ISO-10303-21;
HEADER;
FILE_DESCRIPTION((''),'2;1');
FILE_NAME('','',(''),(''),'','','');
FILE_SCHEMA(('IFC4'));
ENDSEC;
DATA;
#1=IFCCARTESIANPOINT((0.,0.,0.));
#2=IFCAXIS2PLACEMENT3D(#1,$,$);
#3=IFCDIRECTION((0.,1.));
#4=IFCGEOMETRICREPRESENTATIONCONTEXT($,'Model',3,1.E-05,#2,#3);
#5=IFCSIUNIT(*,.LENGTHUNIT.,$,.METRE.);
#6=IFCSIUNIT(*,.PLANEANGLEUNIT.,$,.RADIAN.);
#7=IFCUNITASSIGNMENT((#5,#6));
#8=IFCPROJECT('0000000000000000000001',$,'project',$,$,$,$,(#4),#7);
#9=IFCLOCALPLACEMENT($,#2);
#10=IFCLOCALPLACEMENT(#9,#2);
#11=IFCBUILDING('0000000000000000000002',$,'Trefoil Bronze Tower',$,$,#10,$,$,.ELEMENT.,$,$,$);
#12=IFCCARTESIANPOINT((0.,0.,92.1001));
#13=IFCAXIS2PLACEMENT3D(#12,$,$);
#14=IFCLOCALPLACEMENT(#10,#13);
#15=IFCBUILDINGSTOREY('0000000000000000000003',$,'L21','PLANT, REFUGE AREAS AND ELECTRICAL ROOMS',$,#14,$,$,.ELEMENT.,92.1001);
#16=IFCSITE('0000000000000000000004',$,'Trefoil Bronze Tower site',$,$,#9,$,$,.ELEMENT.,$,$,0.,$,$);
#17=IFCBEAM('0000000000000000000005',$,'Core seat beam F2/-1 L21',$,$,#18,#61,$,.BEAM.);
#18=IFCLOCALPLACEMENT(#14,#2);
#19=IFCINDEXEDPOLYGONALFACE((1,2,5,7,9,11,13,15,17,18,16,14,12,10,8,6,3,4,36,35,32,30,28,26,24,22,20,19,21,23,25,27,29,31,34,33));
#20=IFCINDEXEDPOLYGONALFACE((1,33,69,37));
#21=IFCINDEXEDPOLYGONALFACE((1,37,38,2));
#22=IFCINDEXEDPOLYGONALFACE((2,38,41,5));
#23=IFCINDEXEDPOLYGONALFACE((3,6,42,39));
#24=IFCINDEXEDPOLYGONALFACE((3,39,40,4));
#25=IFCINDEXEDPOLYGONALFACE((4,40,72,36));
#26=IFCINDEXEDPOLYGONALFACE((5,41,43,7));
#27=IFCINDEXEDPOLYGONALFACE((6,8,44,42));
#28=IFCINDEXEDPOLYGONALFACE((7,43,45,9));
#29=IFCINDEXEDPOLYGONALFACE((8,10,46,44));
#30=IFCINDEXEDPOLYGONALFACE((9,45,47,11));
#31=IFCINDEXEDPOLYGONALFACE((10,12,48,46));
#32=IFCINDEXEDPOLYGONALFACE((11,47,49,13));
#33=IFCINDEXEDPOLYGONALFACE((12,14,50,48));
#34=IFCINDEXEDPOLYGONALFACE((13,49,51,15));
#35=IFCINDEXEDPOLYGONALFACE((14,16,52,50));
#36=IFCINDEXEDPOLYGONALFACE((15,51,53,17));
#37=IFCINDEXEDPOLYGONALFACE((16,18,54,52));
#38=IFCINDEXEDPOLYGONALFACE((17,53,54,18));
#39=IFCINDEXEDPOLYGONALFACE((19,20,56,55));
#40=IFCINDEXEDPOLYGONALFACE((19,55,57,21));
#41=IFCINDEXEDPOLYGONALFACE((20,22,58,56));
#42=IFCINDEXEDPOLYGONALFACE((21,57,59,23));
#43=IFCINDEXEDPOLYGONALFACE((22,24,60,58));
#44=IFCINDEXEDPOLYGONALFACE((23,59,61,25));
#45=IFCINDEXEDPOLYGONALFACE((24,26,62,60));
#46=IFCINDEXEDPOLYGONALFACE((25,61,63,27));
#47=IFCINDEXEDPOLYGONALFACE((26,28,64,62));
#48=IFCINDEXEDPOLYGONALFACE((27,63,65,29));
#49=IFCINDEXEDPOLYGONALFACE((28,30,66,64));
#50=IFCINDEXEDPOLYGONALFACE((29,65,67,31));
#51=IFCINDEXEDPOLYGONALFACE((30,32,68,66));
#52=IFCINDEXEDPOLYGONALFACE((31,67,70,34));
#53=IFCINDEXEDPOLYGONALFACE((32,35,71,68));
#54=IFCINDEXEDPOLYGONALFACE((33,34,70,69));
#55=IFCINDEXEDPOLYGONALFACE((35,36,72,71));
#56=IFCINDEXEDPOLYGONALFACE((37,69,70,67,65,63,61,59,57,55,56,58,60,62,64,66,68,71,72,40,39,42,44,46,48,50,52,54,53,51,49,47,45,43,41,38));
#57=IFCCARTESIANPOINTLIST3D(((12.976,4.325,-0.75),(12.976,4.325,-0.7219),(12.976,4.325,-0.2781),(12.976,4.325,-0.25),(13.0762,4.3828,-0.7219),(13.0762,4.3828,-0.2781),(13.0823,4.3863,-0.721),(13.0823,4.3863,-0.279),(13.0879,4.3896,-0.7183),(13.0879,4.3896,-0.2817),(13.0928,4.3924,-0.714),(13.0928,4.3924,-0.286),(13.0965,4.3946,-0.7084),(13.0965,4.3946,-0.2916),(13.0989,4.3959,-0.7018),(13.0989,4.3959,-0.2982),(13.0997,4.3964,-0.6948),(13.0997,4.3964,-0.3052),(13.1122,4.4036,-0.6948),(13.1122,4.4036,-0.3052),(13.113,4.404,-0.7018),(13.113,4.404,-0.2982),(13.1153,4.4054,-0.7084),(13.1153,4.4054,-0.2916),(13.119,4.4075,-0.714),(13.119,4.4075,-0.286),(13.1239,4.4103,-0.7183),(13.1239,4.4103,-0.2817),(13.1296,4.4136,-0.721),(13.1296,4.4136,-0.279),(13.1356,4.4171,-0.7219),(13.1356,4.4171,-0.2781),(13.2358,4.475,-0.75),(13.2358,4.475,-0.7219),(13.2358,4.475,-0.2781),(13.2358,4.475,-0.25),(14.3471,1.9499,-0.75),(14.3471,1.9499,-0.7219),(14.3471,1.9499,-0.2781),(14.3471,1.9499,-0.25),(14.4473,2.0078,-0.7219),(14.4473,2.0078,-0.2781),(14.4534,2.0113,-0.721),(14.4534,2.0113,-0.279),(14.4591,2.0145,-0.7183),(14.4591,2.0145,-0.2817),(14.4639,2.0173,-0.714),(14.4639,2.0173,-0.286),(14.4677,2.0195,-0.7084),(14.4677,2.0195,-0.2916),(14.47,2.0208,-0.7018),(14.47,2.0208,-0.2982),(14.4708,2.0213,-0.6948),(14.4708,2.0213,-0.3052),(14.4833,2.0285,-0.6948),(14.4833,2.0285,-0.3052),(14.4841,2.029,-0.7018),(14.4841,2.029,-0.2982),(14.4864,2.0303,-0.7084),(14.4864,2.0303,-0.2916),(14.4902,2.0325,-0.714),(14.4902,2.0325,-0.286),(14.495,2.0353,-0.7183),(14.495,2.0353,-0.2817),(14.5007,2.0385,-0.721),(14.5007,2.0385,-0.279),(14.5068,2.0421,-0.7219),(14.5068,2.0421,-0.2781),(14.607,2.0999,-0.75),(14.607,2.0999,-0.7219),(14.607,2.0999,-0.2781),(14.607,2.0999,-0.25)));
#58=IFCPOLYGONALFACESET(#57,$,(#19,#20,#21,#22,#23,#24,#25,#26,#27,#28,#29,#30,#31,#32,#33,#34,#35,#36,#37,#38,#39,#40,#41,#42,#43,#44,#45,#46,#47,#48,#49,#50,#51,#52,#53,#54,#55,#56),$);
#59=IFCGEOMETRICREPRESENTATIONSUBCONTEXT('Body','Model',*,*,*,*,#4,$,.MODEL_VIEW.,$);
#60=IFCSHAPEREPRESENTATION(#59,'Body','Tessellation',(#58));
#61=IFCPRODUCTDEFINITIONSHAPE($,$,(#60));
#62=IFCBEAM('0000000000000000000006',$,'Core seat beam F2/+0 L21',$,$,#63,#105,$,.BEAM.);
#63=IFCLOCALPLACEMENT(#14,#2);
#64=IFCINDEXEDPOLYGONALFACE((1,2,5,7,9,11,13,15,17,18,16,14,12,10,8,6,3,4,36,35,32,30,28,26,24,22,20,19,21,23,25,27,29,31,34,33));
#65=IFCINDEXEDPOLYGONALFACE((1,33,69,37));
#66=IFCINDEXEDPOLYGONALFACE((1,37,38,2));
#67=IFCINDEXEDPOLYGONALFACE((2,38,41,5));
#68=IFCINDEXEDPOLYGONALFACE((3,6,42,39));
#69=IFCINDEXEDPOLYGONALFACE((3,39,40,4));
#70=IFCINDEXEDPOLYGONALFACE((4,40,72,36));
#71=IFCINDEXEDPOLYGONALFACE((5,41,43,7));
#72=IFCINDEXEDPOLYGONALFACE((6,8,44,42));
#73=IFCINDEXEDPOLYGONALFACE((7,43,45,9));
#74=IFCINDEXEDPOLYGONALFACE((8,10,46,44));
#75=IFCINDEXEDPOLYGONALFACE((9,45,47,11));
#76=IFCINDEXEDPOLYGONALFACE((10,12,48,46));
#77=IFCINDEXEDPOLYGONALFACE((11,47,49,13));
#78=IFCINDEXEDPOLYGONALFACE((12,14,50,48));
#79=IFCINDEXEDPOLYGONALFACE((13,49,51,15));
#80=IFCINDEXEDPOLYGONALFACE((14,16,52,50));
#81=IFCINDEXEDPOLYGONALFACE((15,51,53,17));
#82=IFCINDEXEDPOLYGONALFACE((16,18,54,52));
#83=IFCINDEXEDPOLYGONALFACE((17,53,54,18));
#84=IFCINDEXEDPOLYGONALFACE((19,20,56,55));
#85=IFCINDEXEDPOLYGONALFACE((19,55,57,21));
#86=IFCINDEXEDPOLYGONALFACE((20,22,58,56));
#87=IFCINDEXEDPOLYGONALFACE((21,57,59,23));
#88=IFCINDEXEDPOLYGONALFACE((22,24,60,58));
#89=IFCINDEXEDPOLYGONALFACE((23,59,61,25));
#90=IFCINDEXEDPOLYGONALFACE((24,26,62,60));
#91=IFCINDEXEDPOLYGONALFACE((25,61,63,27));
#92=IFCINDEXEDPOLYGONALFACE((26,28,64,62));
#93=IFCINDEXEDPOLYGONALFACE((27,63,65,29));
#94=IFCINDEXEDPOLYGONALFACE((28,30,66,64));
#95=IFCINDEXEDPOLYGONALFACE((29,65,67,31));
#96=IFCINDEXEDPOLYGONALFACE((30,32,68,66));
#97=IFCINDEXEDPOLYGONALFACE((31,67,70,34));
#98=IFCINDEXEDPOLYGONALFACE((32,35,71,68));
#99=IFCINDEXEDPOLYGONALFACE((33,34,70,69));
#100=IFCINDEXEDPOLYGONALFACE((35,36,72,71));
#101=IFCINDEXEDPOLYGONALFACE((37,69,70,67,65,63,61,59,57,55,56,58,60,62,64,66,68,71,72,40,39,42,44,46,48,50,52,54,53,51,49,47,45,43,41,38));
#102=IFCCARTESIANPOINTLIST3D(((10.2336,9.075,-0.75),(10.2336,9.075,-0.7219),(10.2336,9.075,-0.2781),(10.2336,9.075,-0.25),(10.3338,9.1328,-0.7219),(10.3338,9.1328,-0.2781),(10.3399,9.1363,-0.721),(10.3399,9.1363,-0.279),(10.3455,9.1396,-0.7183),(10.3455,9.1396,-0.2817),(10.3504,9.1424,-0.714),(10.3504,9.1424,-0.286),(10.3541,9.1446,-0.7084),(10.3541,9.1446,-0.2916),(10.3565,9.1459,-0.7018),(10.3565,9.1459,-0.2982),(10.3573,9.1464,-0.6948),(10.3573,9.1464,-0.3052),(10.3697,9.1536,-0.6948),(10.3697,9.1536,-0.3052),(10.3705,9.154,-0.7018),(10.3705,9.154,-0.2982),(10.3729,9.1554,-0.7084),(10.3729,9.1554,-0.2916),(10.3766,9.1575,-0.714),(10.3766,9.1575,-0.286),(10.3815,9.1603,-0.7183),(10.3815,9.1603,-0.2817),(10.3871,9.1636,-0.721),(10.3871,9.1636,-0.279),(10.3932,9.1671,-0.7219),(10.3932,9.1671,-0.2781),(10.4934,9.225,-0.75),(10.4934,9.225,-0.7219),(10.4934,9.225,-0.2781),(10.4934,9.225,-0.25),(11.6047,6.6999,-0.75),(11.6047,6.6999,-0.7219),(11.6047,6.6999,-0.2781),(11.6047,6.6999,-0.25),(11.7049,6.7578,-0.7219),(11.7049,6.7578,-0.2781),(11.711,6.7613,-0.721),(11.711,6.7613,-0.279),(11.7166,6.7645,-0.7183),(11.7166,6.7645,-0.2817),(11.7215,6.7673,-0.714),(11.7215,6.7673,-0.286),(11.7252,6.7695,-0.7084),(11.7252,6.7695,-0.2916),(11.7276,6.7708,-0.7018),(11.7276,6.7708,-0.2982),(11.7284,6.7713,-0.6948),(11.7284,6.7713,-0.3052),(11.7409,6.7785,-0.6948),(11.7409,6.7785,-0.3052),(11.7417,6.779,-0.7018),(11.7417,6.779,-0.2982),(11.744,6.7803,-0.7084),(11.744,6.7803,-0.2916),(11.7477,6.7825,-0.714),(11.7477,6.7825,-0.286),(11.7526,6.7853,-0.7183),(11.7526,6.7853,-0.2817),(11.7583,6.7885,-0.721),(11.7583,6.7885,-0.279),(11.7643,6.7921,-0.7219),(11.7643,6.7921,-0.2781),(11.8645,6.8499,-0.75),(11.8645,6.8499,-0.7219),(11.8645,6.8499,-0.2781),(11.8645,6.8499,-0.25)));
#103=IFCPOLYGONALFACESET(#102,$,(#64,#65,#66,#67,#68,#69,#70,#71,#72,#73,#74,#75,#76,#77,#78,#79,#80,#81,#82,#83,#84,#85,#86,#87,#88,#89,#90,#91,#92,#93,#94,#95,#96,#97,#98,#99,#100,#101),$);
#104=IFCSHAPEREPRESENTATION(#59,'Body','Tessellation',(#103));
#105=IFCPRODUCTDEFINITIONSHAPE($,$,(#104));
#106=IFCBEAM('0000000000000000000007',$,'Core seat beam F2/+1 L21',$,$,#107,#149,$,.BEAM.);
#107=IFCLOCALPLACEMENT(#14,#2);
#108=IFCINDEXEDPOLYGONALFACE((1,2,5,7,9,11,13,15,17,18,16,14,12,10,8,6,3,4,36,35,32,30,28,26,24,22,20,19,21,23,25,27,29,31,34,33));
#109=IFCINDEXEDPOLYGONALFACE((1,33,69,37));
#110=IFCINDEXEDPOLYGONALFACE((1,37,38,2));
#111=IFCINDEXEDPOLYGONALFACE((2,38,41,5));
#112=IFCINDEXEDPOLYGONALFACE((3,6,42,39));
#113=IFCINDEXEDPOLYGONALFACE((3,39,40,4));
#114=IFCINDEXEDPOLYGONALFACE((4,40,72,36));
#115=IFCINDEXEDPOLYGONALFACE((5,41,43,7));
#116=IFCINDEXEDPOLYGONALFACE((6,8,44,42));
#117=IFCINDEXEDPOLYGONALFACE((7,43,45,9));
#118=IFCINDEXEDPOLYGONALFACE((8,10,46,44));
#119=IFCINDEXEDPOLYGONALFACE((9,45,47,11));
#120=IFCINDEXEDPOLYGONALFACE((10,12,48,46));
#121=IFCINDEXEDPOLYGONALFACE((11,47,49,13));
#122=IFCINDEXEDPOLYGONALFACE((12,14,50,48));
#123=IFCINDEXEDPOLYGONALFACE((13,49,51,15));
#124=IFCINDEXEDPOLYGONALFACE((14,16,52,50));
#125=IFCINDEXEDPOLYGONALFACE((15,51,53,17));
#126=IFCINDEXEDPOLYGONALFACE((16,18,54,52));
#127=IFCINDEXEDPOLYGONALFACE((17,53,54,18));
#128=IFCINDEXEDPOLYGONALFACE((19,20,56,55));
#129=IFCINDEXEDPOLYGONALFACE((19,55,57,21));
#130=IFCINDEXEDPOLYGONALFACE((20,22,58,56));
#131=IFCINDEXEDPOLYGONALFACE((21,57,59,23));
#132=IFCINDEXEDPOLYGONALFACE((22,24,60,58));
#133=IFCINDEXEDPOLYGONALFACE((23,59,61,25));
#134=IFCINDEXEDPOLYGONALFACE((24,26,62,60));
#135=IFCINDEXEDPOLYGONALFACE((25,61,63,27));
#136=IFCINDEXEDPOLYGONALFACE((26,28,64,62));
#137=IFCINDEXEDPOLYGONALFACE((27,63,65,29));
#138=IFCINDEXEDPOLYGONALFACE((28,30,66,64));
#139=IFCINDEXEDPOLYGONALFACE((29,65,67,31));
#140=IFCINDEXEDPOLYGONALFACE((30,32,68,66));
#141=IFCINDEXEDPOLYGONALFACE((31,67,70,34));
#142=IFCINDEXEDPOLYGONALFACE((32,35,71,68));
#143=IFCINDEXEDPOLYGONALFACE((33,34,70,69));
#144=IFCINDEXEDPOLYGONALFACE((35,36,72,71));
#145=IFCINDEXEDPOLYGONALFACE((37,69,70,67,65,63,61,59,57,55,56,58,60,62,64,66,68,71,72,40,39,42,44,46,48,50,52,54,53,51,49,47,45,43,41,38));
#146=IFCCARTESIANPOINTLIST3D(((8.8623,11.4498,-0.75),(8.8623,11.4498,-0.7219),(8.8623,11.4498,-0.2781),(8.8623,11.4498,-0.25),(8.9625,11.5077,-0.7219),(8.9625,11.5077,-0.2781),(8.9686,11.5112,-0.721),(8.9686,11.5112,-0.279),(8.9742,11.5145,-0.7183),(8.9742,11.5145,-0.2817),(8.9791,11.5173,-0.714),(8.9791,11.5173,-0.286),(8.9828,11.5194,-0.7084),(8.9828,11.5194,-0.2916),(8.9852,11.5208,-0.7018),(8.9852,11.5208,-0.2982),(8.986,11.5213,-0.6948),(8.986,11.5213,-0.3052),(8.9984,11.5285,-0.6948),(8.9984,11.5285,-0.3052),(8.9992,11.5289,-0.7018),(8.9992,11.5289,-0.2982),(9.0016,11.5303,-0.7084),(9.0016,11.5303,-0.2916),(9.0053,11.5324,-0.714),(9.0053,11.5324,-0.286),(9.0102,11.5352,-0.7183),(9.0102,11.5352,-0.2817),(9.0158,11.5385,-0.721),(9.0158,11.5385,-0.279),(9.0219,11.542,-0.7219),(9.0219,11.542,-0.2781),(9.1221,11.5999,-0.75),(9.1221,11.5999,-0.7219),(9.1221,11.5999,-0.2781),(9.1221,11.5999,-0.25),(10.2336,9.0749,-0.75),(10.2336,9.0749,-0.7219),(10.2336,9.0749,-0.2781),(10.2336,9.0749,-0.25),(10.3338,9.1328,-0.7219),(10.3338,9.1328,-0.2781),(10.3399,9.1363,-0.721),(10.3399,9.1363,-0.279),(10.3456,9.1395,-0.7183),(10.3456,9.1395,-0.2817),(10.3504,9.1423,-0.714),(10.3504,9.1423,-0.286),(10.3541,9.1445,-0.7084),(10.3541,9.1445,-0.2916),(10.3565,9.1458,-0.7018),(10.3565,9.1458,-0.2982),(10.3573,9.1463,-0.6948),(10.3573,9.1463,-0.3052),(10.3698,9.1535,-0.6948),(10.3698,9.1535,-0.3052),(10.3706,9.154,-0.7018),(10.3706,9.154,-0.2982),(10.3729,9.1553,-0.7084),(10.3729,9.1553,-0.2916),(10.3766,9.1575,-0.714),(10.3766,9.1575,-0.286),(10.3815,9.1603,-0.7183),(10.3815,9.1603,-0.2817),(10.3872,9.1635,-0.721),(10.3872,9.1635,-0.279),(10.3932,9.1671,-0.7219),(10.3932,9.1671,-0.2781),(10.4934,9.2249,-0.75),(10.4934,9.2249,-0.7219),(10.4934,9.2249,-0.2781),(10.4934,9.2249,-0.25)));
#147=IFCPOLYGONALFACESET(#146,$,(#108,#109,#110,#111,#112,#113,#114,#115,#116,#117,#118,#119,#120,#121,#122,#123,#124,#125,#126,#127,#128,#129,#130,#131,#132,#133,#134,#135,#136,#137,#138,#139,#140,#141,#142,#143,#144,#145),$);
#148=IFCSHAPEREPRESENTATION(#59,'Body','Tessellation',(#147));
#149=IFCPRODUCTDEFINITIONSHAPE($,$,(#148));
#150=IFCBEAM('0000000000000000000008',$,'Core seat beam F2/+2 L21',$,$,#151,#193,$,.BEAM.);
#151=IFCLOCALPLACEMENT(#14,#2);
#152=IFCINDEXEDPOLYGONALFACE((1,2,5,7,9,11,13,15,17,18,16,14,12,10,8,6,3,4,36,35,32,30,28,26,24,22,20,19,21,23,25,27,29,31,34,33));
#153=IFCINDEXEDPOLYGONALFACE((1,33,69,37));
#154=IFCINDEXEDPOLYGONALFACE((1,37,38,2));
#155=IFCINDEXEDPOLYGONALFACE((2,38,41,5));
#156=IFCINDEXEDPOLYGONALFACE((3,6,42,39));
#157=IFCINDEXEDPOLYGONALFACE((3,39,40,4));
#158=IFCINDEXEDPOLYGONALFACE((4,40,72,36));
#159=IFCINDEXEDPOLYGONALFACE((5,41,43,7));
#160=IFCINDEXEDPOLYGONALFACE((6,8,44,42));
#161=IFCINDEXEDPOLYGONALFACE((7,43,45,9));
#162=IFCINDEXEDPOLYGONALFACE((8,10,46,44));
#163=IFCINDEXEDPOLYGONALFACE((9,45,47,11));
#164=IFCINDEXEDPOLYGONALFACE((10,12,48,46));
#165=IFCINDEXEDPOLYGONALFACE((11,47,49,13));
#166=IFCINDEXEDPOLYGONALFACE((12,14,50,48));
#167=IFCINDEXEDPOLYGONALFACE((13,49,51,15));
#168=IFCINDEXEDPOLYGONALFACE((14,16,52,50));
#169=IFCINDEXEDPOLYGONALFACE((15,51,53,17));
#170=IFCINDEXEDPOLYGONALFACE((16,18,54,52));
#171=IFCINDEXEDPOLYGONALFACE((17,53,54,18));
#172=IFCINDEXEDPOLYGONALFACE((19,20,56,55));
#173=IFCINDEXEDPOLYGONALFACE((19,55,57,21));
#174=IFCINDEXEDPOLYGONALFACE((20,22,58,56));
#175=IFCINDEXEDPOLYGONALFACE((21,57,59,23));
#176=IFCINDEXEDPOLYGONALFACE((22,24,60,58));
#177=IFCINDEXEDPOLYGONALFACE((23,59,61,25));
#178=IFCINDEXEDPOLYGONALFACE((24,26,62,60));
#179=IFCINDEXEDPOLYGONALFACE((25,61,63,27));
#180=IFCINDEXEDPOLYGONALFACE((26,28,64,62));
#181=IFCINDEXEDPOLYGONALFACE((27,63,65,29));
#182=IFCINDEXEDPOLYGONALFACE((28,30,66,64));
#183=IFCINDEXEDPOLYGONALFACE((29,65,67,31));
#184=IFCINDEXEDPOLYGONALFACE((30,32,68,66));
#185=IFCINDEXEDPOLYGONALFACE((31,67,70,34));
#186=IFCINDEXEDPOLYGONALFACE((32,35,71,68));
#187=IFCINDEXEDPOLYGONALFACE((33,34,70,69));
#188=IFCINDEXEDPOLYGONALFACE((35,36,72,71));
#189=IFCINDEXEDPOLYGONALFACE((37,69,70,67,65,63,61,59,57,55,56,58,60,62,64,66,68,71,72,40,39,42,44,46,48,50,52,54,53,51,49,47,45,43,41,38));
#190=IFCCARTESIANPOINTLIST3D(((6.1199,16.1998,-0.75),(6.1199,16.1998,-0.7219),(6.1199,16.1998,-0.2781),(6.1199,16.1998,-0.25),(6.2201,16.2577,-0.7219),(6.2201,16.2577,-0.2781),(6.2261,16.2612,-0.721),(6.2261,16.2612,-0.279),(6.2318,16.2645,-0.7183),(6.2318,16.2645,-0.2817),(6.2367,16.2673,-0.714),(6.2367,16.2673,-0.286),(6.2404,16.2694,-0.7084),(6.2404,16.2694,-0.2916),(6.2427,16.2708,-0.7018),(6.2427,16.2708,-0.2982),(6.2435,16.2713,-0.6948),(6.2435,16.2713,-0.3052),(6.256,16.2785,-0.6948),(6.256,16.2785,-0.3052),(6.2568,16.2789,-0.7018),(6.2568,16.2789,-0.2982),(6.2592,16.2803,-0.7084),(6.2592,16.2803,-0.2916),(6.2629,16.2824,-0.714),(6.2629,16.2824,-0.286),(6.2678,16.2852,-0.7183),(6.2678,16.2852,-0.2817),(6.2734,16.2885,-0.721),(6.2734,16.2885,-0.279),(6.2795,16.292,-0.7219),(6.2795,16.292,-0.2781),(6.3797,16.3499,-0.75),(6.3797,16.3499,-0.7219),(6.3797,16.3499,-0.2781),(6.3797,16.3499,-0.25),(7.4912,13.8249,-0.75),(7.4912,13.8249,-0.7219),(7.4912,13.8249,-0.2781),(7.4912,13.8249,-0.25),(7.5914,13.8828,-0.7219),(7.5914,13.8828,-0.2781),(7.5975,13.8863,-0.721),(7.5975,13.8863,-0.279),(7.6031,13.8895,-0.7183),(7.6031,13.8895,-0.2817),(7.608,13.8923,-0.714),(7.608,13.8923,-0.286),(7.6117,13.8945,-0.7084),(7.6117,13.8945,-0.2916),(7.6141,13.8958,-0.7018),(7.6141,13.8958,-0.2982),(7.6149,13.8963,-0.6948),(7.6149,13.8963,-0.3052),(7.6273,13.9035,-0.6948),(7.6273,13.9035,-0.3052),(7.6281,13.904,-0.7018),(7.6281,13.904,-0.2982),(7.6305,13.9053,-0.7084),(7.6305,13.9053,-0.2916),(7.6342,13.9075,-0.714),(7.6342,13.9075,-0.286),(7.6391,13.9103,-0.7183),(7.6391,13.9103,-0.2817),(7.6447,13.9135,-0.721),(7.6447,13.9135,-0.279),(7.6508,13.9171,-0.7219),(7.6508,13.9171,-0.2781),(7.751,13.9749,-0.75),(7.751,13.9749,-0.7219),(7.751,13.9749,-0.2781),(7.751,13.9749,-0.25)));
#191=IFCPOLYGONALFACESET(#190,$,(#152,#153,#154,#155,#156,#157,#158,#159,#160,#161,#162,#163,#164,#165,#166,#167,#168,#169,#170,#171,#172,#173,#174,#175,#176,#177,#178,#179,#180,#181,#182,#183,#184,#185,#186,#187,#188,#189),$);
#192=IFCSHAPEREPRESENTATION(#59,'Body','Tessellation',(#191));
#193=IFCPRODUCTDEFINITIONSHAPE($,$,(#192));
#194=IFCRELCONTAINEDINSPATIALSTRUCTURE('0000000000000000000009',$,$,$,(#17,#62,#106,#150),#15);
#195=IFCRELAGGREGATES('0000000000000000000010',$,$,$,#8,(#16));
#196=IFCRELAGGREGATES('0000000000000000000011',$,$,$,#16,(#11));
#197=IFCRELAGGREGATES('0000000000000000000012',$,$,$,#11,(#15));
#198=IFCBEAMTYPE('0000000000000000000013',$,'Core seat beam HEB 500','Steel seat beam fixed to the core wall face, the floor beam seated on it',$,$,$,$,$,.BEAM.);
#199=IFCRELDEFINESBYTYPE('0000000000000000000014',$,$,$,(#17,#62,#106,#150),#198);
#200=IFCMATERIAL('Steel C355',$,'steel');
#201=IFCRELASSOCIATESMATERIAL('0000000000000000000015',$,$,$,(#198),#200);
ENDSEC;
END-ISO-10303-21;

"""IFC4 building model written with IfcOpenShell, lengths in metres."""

from ifc_helpers import new_model, si_unit, direction, frame, origin, origin_2d, place, context, subcontext, project, spatial, i_section, extrude, material, material_profile, profile_set, type_object, element, save


model = new_model("IFC4")

# Units and contexts
model_context = context("Model", 3, precision=1e-05, world=origin(), true_north=direction((0.0, 1.0)))
body_context = subcontext(model_context, "Body", "Model", "MODEL_VIEW")
ifc_project = project(units=[si_unit("LENGTHUNIT", "METRE"), si_unit("PLANEANGLEUNIT", "RADIAN")], contexts=[model_context])

# Site, building, storey
site_placement = place(None, origin())
site = spatial("IfcSite", under=ifc_project, at=site_placement, Name="Trefoil Bronze Tower site", CompositionType="ELEMENT", RefElevation=0.0)
building_placement = place(site_placement, origin())
building = spatial("IfcBuilding", under=site, at=building_placement, Name="Trefoil Bronze Tower", CompositionType="ELEMENT")
storey_placement = place(building_placement, frame((0.0, 0.0, 92.1001)))
storey = spatial("IfcBuildingStorey", under=building, at=storey_placement, Name="L21", Description="PLANT, REFUGE AREAS AND ELECTRICAL ROOMS", CompositionType="ELEMENT", Elevation=92.1001)

# Beams
ifc_material_1 = material(Name="Steel C355", Category="steel")
ifc_material_profile_1 = material_profile(ifc_material_1, i_section(OverallWidth=0.3, OverallDepth=0.5, WebThickness=0.0144, FlangeThickness=0.0281, FilletRadius=0.0271, at=origin_2d()), Name="HEB 500")
ifc_profile_set_1 = profile_set([ifc_material_profile_1], Name="Steel C355")
beam_type_1 = type_object("IfcBeamType", Name="Core seat beam HEB 500", Description="Steel seat beam fixed to the core wall face, the floor beam seated on it", PredefinedType="BEAM", material=ifc_profile_set_1)
for number, where, z_axis, x_axis, name in (
    (1, (14.4771, 2.0249, -0.5), (-0.499969, 0.866043, 0.0), (-0.866043, -0.499969, 0.0), "Core seat beam F2/-1 L21"),
    (2, (11.7346, 6.7749, -0.5), (-0.499969, 0.866043, 0.0), (-0.866043, -0.499969, 0.0), "Core seat beam F2/+0 L21"),
    (3, (10.3635, 9.1499, -0.5), (-0.500036, 0.866005, 0.0), (-0.866005, -0.500036, 0.0), "Core seat beam F2/+1 L21"),
    (4, (7.6211, 13.8999, -0.5), (-0.500036, 0.866005, 0.0), (-0.866005, -0.500036, 0.0), "Core seat beam F2/+2 L21"),
):
    element("IfcBeam", number, at=place(storey_placement, frame(where, z_axis=z_axis, x_axis=x_axis)), inside=storey, type_object=beam_type_1, Name=name, PredefinedType="BEAM", context=body_context, shape_type="SweptSolid", body=[
        extrude(i_section(OverallWidth=0.3, OverallDepth=0.5, WebThickness=0.0144, FlangeThickness=0.0281, FilletRadius=0.0271, at=origin_2d()), origin(), (0.0, 0.0, 1.0), 2.7424),
    ])

save(model, "model.ifc")
